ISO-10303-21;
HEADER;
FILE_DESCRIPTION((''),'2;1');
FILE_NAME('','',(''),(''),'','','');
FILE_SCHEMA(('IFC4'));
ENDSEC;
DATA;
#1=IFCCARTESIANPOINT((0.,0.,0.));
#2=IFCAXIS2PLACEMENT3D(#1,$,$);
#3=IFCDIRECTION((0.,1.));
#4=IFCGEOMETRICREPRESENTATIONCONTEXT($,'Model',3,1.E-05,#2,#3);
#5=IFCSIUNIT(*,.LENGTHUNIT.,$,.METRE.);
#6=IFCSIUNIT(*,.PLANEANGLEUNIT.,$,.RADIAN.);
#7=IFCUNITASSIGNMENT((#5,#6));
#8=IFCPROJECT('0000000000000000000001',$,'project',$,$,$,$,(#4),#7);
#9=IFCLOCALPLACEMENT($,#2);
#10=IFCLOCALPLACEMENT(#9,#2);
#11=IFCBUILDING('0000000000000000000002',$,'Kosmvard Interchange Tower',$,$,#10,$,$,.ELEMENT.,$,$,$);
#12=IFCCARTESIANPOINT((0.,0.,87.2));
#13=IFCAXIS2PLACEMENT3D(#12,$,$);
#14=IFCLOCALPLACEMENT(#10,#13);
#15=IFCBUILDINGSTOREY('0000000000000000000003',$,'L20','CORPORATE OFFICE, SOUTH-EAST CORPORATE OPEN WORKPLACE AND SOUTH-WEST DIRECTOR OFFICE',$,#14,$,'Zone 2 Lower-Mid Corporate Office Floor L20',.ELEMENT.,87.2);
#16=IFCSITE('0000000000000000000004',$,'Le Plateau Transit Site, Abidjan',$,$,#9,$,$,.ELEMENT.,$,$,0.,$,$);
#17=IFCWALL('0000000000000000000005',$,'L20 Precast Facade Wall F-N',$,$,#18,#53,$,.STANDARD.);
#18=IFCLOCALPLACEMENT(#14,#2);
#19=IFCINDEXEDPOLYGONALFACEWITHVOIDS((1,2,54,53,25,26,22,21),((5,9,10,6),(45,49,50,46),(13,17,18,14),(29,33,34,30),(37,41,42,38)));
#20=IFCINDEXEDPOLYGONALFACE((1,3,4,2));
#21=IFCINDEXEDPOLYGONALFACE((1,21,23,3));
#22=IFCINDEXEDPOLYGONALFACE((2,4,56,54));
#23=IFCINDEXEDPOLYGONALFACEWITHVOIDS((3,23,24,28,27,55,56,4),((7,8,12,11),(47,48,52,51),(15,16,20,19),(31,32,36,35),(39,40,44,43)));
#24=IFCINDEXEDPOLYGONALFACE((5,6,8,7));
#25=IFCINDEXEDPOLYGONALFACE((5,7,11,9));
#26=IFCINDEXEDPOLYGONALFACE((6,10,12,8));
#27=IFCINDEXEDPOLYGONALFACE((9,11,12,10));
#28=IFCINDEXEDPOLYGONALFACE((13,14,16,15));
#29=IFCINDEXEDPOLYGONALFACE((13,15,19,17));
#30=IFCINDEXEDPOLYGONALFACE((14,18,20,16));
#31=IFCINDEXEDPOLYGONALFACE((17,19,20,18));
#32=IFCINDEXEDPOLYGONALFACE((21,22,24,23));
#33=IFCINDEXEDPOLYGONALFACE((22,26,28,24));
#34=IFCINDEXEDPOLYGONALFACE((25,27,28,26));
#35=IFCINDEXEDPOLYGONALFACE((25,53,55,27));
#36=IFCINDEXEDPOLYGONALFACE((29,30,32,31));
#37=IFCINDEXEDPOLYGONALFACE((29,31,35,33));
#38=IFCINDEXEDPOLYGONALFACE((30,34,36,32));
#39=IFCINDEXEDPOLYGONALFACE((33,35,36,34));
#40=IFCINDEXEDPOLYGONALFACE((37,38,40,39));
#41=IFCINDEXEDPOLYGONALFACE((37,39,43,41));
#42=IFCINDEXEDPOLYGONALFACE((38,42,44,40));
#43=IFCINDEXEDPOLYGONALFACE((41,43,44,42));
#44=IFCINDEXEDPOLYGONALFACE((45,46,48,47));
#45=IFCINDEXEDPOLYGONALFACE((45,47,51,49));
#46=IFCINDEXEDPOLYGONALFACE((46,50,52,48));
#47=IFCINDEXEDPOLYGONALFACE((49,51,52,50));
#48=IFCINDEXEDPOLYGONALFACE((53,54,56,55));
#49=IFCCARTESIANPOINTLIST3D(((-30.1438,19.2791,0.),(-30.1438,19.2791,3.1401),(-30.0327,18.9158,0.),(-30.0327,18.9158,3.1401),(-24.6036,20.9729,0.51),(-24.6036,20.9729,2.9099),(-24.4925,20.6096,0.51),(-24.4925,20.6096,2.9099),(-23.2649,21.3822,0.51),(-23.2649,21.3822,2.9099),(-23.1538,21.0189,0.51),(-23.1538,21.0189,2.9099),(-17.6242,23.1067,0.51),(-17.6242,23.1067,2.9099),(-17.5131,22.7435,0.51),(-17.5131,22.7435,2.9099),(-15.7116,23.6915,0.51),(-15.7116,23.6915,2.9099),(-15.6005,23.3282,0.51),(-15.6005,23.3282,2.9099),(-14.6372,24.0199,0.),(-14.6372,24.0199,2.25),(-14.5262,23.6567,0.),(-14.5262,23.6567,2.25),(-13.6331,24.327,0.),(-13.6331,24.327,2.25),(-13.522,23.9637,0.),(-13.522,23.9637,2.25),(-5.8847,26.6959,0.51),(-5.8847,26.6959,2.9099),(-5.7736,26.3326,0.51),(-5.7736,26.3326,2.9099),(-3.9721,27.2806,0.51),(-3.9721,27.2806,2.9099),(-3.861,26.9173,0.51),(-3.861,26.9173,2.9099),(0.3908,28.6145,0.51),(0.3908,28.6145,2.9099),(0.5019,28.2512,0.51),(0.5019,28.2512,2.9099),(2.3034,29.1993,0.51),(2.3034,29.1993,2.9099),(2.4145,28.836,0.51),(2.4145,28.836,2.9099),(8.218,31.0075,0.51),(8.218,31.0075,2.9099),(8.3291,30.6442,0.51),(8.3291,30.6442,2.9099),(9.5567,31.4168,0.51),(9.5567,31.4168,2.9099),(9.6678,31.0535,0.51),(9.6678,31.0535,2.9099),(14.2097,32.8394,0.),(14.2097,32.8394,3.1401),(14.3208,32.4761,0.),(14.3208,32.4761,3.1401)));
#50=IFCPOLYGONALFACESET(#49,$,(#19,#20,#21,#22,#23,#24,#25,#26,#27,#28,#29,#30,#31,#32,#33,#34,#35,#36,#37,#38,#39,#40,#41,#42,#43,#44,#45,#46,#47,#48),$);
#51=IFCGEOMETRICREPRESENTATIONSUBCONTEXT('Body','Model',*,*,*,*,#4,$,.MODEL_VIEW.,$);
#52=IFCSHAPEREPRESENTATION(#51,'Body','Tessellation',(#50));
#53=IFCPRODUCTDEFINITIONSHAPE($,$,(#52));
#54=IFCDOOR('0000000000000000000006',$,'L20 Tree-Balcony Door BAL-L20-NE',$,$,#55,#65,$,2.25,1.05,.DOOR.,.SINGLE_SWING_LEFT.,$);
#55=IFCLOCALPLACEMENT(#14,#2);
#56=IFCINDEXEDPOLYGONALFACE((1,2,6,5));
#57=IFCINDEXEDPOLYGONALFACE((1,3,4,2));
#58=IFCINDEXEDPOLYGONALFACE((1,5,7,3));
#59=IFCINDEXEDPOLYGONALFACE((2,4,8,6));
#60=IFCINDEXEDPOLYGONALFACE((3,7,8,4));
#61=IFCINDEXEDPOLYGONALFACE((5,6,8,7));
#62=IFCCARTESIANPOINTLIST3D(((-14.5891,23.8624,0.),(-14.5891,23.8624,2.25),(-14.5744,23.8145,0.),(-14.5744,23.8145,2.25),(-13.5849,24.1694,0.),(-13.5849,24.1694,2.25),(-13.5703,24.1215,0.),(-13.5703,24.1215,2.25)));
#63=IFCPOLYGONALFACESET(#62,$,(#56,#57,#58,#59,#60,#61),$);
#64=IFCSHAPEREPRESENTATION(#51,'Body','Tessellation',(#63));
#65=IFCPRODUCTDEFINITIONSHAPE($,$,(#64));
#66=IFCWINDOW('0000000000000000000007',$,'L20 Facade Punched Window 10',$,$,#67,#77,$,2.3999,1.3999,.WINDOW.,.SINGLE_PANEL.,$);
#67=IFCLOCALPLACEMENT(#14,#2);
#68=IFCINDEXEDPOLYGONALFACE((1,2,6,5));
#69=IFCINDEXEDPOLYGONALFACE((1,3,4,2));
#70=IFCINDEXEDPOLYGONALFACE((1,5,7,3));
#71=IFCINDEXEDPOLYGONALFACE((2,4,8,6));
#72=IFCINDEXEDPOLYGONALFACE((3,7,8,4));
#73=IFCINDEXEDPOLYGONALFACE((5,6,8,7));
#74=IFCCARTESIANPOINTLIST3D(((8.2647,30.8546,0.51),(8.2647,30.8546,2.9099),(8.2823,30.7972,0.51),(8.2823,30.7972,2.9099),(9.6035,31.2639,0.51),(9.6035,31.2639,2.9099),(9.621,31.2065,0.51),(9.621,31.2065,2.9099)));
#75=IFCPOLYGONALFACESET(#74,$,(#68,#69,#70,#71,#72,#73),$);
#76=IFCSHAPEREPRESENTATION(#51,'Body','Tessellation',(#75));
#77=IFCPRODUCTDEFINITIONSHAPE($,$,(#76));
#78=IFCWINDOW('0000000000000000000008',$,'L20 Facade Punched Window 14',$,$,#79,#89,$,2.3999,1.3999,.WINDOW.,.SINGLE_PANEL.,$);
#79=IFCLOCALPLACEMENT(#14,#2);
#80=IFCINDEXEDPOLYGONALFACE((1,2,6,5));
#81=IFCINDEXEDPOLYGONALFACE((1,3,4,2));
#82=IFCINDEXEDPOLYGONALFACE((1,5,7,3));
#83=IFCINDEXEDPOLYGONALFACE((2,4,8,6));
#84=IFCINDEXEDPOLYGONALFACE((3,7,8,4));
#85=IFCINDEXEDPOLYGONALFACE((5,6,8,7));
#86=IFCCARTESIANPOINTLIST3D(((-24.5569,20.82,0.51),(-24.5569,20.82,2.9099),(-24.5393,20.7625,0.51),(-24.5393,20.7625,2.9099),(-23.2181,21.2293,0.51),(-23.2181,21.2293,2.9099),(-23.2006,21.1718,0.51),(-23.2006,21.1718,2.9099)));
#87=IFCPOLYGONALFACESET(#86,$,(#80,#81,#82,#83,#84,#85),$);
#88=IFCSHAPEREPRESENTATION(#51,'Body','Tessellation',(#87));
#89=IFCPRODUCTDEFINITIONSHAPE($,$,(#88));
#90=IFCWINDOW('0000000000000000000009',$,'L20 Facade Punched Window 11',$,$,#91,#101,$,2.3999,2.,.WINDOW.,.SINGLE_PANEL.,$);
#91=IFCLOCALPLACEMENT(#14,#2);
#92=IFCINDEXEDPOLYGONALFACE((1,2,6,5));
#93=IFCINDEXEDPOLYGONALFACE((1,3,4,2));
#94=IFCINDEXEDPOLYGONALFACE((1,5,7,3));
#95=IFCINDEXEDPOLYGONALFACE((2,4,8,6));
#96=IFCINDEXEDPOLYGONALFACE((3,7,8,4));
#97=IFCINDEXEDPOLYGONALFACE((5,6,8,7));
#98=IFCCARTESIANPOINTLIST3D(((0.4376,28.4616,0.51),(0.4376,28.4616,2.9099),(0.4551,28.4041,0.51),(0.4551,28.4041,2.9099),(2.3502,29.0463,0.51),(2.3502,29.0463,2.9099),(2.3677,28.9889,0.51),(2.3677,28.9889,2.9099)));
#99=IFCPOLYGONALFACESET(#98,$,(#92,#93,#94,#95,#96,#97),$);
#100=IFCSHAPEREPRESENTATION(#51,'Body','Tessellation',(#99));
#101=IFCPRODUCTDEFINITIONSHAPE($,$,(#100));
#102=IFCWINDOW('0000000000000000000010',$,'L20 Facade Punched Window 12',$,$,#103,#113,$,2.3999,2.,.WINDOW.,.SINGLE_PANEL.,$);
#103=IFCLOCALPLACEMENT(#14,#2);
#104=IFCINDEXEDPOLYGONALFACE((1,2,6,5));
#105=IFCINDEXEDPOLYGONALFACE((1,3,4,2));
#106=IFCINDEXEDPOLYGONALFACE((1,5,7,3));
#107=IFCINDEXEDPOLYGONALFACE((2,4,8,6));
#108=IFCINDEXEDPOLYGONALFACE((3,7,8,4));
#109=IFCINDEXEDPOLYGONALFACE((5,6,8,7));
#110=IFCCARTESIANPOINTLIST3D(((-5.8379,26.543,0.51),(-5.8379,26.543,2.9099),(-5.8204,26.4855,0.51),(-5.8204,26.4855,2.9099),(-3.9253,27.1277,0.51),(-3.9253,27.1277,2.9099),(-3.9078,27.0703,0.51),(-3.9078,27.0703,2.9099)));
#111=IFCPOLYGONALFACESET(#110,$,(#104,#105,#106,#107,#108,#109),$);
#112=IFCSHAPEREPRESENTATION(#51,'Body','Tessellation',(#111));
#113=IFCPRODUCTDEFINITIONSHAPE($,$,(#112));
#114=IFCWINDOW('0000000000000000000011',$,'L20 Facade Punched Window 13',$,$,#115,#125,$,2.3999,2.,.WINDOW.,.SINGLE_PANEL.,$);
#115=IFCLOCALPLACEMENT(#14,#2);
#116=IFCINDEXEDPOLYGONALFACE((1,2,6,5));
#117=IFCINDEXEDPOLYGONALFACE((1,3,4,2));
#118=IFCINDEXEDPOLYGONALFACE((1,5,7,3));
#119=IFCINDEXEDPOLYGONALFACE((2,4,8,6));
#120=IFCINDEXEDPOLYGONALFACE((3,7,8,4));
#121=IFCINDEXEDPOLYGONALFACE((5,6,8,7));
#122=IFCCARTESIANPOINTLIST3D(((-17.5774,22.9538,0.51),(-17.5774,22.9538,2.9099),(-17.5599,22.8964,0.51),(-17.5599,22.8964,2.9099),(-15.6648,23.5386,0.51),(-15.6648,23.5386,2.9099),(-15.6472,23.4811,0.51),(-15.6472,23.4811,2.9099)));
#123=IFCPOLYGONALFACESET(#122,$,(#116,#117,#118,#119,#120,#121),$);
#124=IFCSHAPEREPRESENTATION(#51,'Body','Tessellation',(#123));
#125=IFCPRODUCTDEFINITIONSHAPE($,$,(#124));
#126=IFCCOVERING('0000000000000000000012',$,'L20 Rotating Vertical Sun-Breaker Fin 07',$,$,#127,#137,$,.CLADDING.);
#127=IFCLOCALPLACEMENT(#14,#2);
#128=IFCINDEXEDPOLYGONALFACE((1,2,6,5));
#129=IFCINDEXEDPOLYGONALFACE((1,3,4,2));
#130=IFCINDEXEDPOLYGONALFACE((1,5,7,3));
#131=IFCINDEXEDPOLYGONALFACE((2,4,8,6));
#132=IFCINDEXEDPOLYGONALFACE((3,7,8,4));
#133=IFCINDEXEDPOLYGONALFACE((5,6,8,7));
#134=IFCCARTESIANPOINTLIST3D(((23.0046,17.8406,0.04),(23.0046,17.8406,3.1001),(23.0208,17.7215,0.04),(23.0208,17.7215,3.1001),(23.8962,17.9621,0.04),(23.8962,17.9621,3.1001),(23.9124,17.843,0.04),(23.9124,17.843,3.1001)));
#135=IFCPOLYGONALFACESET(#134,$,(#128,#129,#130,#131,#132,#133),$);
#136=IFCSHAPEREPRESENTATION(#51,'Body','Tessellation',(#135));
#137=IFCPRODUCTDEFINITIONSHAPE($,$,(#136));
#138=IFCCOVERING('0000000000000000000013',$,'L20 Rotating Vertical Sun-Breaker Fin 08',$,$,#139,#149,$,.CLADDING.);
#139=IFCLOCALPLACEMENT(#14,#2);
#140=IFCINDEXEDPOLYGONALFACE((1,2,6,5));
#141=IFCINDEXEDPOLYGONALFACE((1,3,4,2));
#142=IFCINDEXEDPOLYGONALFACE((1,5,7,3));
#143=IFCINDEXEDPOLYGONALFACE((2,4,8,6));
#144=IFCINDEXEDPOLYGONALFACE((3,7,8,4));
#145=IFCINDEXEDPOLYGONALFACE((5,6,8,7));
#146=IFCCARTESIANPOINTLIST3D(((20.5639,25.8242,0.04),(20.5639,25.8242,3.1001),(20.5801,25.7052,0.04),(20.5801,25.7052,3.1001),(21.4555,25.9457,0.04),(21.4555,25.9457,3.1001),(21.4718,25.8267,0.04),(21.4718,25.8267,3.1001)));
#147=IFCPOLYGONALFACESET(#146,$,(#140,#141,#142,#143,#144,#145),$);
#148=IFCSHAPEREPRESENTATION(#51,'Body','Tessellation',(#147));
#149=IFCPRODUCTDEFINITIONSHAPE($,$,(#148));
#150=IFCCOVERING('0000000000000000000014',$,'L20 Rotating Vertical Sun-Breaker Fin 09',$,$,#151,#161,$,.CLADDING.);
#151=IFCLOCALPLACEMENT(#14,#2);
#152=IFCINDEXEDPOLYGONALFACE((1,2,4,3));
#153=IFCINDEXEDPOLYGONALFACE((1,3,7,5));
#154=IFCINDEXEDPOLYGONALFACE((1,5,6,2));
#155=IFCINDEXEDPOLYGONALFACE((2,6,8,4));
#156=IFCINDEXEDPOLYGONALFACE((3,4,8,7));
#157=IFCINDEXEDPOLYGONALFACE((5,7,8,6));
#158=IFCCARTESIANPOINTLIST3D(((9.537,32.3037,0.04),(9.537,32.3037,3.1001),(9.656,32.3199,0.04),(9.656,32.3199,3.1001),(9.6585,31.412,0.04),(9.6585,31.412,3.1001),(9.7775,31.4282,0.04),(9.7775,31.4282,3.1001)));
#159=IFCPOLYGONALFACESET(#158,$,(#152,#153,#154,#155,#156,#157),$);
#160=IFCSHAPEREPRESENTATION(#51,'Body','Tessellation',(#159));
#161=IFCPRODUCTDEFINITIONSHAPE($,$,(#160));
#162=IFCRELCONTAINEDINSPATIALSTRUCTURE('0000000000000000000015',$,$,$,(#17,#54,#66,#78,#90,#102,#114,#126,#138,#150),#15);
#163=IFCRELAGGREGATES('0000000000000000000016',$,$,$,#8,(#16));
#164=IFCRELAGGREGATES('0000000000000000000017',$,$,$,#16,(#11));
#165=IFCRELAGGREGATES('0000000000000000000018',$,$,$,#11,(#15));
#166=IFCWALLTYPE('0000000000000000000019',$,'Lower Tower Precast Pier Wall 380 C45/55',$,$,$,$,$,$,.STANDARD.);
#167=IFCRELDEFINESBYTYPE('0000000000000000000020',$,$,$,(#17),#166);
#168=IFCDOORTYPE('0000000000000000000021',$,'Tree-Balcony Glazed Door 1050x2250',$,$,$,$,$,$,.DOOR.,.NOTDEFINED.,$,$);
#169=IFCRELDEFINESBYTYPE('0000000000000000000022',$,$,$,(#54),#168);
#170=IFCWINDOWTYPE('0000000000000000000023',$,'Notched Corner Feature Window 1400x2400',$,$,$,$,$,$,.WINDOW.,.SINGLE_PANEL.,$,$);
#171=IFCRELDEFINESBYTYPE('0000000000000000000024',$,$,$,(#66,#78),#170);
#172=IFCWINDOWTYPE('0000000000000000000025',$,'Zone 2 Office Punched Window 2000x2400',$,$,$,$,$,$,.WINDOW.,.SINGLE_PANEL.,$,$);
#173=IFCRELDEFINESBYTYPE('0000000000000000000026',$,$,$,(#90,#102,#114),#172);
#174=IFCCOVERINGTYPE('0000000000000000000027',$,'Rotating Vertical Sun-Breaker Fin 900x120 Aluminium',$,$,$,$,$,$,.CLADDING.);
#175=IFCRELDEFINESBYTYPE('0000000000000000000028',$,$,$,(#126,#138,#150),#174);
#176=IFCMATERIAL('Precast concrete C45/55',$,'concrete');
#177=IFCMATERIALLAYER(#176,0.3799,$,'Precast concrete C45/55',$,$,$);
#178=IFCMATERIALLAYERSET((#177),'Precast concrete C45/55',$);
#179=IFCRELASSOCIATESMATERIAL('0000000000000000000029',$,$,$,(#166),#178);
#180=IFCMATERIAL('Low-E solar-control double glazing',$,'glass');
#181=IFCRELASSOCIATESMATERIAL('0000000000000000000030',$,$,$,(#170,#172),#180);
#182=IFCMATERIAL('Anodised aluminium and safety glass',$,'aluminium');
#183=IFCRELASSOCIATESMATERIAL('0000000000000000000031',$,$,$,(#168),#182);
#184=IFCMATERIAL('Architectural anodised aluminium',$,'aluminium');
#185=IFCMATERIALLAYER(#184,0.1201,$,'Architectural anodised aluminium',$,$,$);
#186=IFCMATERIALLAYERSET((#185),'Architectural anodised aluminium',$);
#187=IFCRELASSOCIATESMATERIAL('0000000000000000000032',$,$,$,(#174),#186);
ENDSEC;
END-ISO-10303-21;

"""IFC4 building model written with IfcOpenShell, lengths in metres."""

from ifc_helpers import new_model, si_unit, direction, frame, frame_2d, origin, origin_2d, place, context, subcontext, project, spatial, rectangle, extrude, source, transform, mapped, material, layer, layer_set, type_object, element, fill, save


model = new_model("IFC4")

# Units and contexts
model_context = context("Model", 3, precision=1e-05, world=origin(), true_north=direction((0.0, 1.0)))
body_context = subcontext(model_context, "Body", "Model", "MODEL_VIEW")
ifc_project = project(units=[si_unit("LENGTHUNIT", "METRE"), si_unit("PLANEANGLEUNIT", "RADIAN")], contexts=[model_context])

# Site, building, storey
site_placement = place(None, origin())
site = spatial("IfcSite", under=ifc_project, at=site_placement, Name="Le Plateau Transit Site, Abidjan", CompositionType="ELEMENT", RefElevation=0.0)
building_placement = place(site_placement, origin())
building = spatial("IfcBuilding", under=site, at=building_placement, Name="Kosmvard Interchange Tower", CompositionType="ELEMENT")
storey_placement = place(building_placement, frame((0.0, 0.0, 87.2)))
storey = spatial("IfcBuildingStorey", under=building, at=storey_placement, Name="L20", Description="CORPORATE OFFICE, SOUTH-EAST CORPORATE OPEN WORKPLACE AND SOUTH-WEST DIRECTOR OFFICE", LongName="Zone 2 Lower-Mid Corporate Office Floor L20", CompositionType="ELEMENT", Elevation=87.2)

# Shared definitions
ifc_material_1 = material(Name="Precast concrete C45/55", Category="concrete")

# Shared definitions
ifc_layer_1 = layer(ifc_material_1, 0.3799, Name="Precast concrete C45/55")
ifc_layer_set_1 = layer_set([ifc_layer_1], Name="Precast concrete C45/55")
wall_type_1 = type_object("IfcWallType", Name="Lower Tower Precast Pier Wall 380 C45/55", PredefinedType="STANDARD", material=ifc_layer_set_1)

# Shared definitions
ifc_material_2 = material(Name="Low-E solar-control double glazing", Category="glass")
window_type_1 = type_object("IfcWindowType", Name="Notched Corner Feature Window 1400x2400", PartitioningType="SINGLE_PANEL", PredefinedType="WINDOW", material=ifc_material_2)
shared_shape_1 = source(origin(), body_context, "Body", "SweptSolid", [
    extrude(rectangle(XDim=1.3999, YDim=2.3999, at=frame_2d((0.7, 1.2))), frame((0.0, 0.03, 0.0), z_axis=(0.0, -1.0, 0.0), x_axis=(1.0, 0.0, 0.0)), (0.0, 0.0, 1.0), 0.0601),
])

# Wall, openings, door, windows
wall_1_placement = place(storey_placement, frame((14.2651, 32.6577, 0.0), z_axis=(0.0, 0.0, 1.0), x_axis=(-0.956304, -0.292373, 0.0)))
wall_1 = element("IfcWall", 1, at=wall_1_placement, inside=storey, type_object=wall_type_1, Name="L20 Precast Facade Wall F-N", PredefinedType="STANDARD", context=body_context, shape_type="SweptSolid", body=[
    extrude(rectangle(XDim=46.3801, YDim=0.3799, at=frame_2d((23.1899, 0.0))), origin(), (0.0, 0.0, 1.0), 3.1401),
])
opening_1_placement = place(wall_1_placement, frame((29.115, 0.0, 0.0)))
opening_1 = element("IfcOpeningElement", 2, at=opening_1_placement, cuts=wall_1, PredefinedType="OPENING", context=body_context, shape_type="SweptSolid", body=[
    extrude(rectangle(XDim=1.05, YDim=2.25, at=frame_2d((0.5249, 1.125))), frame((0.0, 0.2, 0.0), z_axis=(0.0, -1.0, 0.0), x_axis=(1.0, 0.0, 0.0)), (0.0, 0.0, 1.0), 0.3999),
])
opening_2_placement = place(wall_1_placement, frame((4.8655, 0.0, 0.51)))
opening_2 = element("IfcOpeningElement", 3, at=opening_2_placement, cuts=wall_1, PredefinedType="OPENING", context=body_context, shape_type="SweptSolid", body=[
    extrude(rectangle(XDim=1.3999, YDim=2.3999, at=frame_2d((0.7, 1.2))), frame((0.0, 0.2, 0.0), z_axis=(0.0, -1.0, 0.0), x_axis=(1.0, 0.0, 0.0)), (0.0, 0.0, 1.0), 0.3999),
])
opening_3_placement = place(wall_1_placement, frame((12.4502, 0.0, 0.51)))
opening_3 = element("IfcOpeningElement", 4, at=opening_3_placement, cuts=wall_1, PredefinedType="OPENING", context=body_context, shape_type="SweptSolid", body=[
    extrude(rectangle(XDim=2.0, YDim=2.3999, at=frame_2d((1.0, 1.2))), frame((0.0, 0.2, 0.0), z_axis=(0.0, -1.0, 0.0), x_axis=(1.0, 0.0, 0.0)), (0.0, 0.0, 1.0), 0.3999),
])
opening_4_placement = place(wall_1_placement, frame((19.0125, 0.0, 0.51)))
opening_4 = element("IfcOpeningElement", 5, at=opening_4_placement, cuts=wall_1, PredefinedType="OPENING", context=body_context, shape_type="SweptSolid", body=[
    extrude(rectangle(XDim=2.0, YDim=2.3999, at=frame_2d((1.0, 1.2))), frame((0.0, 0.2, 0.0), z_axis=(0.0, -1.0, 0.0), x_axis=(1.0, 0.0, 0.0)), (0.0, 0.0, 1.0), 0.3999),
])
opening_5_placement = place(wall_1_placement, frame((31.2883, 0.0, 0.51)))
opening_5 = element("IfcOpeningElement", 6, at=opening_5_placement, cuts=wall_1, PredefinedType="OPENING", context=body_context, shape_type="SweptSolid", body=[
    extrude(rectangle(XDim=2.0, YDim=2.3999, at=frame_2d((1.0, 1.2))), frame((0.0, 0.2, 0.0), z_axis=(0.0, -1.0, 0.0), x_axis=(1.0, 0.0, 0.0)), (0.0, 0.0, 1.0), 0.3999),
])
opening_6_placement = place(wall_1_placement, frame((39.1868, 0.0, 0.51)))
opening_6 = element("IfcOpeningElement", 7, at=opening_6_placement, cuts=wall_1, PredefinedType="OPENING", context=body_context, shape_type="SweptSolid", body=[
    extrude(rectangle(XDim=1.3999, YDim=2.3999, at=frame_2d((0.7, 1.2))), frame((0.0, 0.2, 0.0), z_axis=(0.0, -1.0, 0.0), x_axis=(1.0, 0.0, 0.0)), (0.0, 0.0, 1.0), 0.3999),
])
ifc_material_3 = material(Name="Anodised aluminium and safety glass", Category="aluminium")
door_type = type_object("IfcDoorType", Name="Tree-Balcony Glazed Door 1050x2250", OperationType="NOTDEFINED", PredefinedType="DOOR", material=ifc_material_3)
shared_shape_2 = source(origin(), body_context, "Body", "SweptSolid", [
    extrude(rectangle(XDim=1.05, YDim=2.25, at=frame_2d((0.5249, 1.125))), frame((0.0, 0.0249, 0.0), z_axis=(0.0, -1.0, 0.0), x_axis=(1.0, 0.0, 0.0)), (0.0, 0.0, 1.0), 0.05),
])
door_placement = place(opening_1_placement, origin())
door = element("IfcDoor", 8, at=door_placement, inside=storey, type_object=door_type, Name="L20 Tree-Balcony Door BAL-L20-NE", OperationType="SINGLE_SWING_LEFT", OverallHeight=2.25, OverallWidth=1.05, PredefinedType="DOOR", context=body_context, shape_type="MappedRepresentation", body=[
    mapped(shared_shape_2, transform((0.0, 0.0, 0.0), scale=1.0)),
])
fill(opening_1, door)
window_1_placement = place(opening_2_placement, origin())
window_1 = element("IfcWindow", 9, at=window_1_placement, inside=storey, type_object=window_type_1, Name="L20 Facade Punched Window 10", OverallHeight=2.3999, OverallWidth=1.3999, PartitioningType="SINGLE_PANEL", PredefinedType="WINDOW", context=body_context, shape_type="MappedRepresentation", body=[
    mapped(shared_shape_1, transform((0.0, 0.0, 0.0), scale=1.0)),
])
fill(opening_2, window_1)
window_2_placement = place(opening_6_placement, origin())
window_2 = element("IfcWindow", 10, at=window_2_placement, inside=storey, type_object=window_type_1, Name="L20 Facade Punched Window 14", OverallHeight=2.3999, OverallWidth=1.3999, PartitioningType="SINGLE_PANEL", PredefinedType="WINDOW", context=body_context, shape_type="MappedRepresentation", body=[
    mapped(shared_shape_1, transform((0.0, 0.0, 0.0), scale=1.0)),
])
fill(opening_6, window_2)
window_type_2 = type_object("IfcWindowType", Name="Zone 2 Office Punched Window 2000x2400", PartitioningType="SINGLE_PANEL", PredefinedType="WINDOW", material=ifc_material_2)
shared_shape_3 = source(origin(), body_context, "Body", "SweptSolid", [
    extrude(rectangle(XDim=2.0, YDim=2.3999, at=frame_2d((1.0, 1.2))), frame((0.0, 0.03, 0.0), z_axis=(0.0, -1.0, 0.0), x_axis=(1.0, 0.0, 0.0)), (0.0, 0.0, 1.0), 0.0601),
])
window_3_placement = place(opening_3_placement, origin())
window_3 = element("IfcWindow", 11, at=window_3_placement, inside=storey, type_object=window_type_2, Name="L20 Facade Punched Window 11", OverallHeight=2.3999, OverallWidth=2.0, PartitioningType="SINGLE_PANEL", PredefinedType="WINDOW", context=body_context, shape_type="MappedRepresentation", body=[
    mapped(shared_shape_3, transform((0.0, 0.0, 0.0), scale=1.0)),
])
fill(opening_3, window_3)
window_4_placement = place(opening_4_placement, origin())
window_4 = element("IfcWindow", 12, at=window_4_placement, inside=storey, type_object=window_type_2, Name="L20 Facade Punched Window 12", OverallHeight=2.3999, OverallWidth=2.0, PartitioningType="SINGLE_PANEL", PredefinedType="WINDOW", context=body_context, shape_type="MappedRepresentation", body=[
    mapped(shared_shape_3, transform((0.0, 0.0, 0.0), scale=1.0)),
])
fill(opening_4, window_4)
window_5_placement = place(opening_5_placement, origin())
window_5 = element("IfcWindow", 13, at=window_5_placement, inside=storey, type_object=window_type_2, Name="L20 Facade Punched Window 13", OverallHeight=2.3999, OverallWidth=2.0, PartitioningType="SINGLE_PANEL", PredefinedType="WINDOW", context=body_context, shape_type="MappedRepresentation", body=[
    mapped(shared_shape_3, transform((0.0, 0.0, 0.0), scale=1.0)),
])
fill(opening_5, window_5)

# Coverings
ifc_material_4 = material(Name="Architectural anodised aluminium", Category="aluminium")
ifc_layer_2 = layer(ifc_material_4, 0.1201, Name="Architectural anodised aluminium")
ifc_layer_set_2 = layer_set([ifc_layer_2], Name="Architectural anodised aluminium")
covering_type = type_object("IfcCoveringType", Name="Rotating Vertical Sun-Breaker Fin 900x120 Aluminium", PredefinedType="CLADDING", material=ifc_layer_set_2)
shared_shape_4 = source(origin(), body_context, "Body", "SweptSolid", [
    extrude(rectangle(XDim=0.8999, YDim=0.1201, at=origin_2d()), origin(), (0.0, 0.0, 1.0), 3.0601),
])
for number, where, z_axis, x_axis, name in (
    (14, (23.4585, 17.8418, 0.04), (0.0, 0.0, 1.0), (0.990842, 0.135024, 0.0), "L20 Rotating Vertical Sun-Breaker Fin 07"),
    (15, (21.0178, 25.8254, 0.04), (0.0, 0.0, 1.0), (0.990842, 0.135024, 0.0), "L20 Rotating Vertical Sun-Breaker Fin 08"),
    (16, (9.6572, 31.866, 0.04), (0.0, 0.0, 1.0), (-0.135024, 0.990842, 0.0), "L20 Rotating Vertical Sun-Breaker Fin 09"),
):
    element("IfcCovering", number, at=place(storey_placement, frame(where, z_axis=z_axis, x_axis=x_axis)), inside=storey, type_object=covering_type, Name=name, PredefinedType="CLADDING", context=body_context, shape_type="MappedRepresentation", body=[
        mapped(shared_shape_4, transform((0.0, 0.0, 0.0), scale=1.0)),
    ])

save(model, "model.ifc")
